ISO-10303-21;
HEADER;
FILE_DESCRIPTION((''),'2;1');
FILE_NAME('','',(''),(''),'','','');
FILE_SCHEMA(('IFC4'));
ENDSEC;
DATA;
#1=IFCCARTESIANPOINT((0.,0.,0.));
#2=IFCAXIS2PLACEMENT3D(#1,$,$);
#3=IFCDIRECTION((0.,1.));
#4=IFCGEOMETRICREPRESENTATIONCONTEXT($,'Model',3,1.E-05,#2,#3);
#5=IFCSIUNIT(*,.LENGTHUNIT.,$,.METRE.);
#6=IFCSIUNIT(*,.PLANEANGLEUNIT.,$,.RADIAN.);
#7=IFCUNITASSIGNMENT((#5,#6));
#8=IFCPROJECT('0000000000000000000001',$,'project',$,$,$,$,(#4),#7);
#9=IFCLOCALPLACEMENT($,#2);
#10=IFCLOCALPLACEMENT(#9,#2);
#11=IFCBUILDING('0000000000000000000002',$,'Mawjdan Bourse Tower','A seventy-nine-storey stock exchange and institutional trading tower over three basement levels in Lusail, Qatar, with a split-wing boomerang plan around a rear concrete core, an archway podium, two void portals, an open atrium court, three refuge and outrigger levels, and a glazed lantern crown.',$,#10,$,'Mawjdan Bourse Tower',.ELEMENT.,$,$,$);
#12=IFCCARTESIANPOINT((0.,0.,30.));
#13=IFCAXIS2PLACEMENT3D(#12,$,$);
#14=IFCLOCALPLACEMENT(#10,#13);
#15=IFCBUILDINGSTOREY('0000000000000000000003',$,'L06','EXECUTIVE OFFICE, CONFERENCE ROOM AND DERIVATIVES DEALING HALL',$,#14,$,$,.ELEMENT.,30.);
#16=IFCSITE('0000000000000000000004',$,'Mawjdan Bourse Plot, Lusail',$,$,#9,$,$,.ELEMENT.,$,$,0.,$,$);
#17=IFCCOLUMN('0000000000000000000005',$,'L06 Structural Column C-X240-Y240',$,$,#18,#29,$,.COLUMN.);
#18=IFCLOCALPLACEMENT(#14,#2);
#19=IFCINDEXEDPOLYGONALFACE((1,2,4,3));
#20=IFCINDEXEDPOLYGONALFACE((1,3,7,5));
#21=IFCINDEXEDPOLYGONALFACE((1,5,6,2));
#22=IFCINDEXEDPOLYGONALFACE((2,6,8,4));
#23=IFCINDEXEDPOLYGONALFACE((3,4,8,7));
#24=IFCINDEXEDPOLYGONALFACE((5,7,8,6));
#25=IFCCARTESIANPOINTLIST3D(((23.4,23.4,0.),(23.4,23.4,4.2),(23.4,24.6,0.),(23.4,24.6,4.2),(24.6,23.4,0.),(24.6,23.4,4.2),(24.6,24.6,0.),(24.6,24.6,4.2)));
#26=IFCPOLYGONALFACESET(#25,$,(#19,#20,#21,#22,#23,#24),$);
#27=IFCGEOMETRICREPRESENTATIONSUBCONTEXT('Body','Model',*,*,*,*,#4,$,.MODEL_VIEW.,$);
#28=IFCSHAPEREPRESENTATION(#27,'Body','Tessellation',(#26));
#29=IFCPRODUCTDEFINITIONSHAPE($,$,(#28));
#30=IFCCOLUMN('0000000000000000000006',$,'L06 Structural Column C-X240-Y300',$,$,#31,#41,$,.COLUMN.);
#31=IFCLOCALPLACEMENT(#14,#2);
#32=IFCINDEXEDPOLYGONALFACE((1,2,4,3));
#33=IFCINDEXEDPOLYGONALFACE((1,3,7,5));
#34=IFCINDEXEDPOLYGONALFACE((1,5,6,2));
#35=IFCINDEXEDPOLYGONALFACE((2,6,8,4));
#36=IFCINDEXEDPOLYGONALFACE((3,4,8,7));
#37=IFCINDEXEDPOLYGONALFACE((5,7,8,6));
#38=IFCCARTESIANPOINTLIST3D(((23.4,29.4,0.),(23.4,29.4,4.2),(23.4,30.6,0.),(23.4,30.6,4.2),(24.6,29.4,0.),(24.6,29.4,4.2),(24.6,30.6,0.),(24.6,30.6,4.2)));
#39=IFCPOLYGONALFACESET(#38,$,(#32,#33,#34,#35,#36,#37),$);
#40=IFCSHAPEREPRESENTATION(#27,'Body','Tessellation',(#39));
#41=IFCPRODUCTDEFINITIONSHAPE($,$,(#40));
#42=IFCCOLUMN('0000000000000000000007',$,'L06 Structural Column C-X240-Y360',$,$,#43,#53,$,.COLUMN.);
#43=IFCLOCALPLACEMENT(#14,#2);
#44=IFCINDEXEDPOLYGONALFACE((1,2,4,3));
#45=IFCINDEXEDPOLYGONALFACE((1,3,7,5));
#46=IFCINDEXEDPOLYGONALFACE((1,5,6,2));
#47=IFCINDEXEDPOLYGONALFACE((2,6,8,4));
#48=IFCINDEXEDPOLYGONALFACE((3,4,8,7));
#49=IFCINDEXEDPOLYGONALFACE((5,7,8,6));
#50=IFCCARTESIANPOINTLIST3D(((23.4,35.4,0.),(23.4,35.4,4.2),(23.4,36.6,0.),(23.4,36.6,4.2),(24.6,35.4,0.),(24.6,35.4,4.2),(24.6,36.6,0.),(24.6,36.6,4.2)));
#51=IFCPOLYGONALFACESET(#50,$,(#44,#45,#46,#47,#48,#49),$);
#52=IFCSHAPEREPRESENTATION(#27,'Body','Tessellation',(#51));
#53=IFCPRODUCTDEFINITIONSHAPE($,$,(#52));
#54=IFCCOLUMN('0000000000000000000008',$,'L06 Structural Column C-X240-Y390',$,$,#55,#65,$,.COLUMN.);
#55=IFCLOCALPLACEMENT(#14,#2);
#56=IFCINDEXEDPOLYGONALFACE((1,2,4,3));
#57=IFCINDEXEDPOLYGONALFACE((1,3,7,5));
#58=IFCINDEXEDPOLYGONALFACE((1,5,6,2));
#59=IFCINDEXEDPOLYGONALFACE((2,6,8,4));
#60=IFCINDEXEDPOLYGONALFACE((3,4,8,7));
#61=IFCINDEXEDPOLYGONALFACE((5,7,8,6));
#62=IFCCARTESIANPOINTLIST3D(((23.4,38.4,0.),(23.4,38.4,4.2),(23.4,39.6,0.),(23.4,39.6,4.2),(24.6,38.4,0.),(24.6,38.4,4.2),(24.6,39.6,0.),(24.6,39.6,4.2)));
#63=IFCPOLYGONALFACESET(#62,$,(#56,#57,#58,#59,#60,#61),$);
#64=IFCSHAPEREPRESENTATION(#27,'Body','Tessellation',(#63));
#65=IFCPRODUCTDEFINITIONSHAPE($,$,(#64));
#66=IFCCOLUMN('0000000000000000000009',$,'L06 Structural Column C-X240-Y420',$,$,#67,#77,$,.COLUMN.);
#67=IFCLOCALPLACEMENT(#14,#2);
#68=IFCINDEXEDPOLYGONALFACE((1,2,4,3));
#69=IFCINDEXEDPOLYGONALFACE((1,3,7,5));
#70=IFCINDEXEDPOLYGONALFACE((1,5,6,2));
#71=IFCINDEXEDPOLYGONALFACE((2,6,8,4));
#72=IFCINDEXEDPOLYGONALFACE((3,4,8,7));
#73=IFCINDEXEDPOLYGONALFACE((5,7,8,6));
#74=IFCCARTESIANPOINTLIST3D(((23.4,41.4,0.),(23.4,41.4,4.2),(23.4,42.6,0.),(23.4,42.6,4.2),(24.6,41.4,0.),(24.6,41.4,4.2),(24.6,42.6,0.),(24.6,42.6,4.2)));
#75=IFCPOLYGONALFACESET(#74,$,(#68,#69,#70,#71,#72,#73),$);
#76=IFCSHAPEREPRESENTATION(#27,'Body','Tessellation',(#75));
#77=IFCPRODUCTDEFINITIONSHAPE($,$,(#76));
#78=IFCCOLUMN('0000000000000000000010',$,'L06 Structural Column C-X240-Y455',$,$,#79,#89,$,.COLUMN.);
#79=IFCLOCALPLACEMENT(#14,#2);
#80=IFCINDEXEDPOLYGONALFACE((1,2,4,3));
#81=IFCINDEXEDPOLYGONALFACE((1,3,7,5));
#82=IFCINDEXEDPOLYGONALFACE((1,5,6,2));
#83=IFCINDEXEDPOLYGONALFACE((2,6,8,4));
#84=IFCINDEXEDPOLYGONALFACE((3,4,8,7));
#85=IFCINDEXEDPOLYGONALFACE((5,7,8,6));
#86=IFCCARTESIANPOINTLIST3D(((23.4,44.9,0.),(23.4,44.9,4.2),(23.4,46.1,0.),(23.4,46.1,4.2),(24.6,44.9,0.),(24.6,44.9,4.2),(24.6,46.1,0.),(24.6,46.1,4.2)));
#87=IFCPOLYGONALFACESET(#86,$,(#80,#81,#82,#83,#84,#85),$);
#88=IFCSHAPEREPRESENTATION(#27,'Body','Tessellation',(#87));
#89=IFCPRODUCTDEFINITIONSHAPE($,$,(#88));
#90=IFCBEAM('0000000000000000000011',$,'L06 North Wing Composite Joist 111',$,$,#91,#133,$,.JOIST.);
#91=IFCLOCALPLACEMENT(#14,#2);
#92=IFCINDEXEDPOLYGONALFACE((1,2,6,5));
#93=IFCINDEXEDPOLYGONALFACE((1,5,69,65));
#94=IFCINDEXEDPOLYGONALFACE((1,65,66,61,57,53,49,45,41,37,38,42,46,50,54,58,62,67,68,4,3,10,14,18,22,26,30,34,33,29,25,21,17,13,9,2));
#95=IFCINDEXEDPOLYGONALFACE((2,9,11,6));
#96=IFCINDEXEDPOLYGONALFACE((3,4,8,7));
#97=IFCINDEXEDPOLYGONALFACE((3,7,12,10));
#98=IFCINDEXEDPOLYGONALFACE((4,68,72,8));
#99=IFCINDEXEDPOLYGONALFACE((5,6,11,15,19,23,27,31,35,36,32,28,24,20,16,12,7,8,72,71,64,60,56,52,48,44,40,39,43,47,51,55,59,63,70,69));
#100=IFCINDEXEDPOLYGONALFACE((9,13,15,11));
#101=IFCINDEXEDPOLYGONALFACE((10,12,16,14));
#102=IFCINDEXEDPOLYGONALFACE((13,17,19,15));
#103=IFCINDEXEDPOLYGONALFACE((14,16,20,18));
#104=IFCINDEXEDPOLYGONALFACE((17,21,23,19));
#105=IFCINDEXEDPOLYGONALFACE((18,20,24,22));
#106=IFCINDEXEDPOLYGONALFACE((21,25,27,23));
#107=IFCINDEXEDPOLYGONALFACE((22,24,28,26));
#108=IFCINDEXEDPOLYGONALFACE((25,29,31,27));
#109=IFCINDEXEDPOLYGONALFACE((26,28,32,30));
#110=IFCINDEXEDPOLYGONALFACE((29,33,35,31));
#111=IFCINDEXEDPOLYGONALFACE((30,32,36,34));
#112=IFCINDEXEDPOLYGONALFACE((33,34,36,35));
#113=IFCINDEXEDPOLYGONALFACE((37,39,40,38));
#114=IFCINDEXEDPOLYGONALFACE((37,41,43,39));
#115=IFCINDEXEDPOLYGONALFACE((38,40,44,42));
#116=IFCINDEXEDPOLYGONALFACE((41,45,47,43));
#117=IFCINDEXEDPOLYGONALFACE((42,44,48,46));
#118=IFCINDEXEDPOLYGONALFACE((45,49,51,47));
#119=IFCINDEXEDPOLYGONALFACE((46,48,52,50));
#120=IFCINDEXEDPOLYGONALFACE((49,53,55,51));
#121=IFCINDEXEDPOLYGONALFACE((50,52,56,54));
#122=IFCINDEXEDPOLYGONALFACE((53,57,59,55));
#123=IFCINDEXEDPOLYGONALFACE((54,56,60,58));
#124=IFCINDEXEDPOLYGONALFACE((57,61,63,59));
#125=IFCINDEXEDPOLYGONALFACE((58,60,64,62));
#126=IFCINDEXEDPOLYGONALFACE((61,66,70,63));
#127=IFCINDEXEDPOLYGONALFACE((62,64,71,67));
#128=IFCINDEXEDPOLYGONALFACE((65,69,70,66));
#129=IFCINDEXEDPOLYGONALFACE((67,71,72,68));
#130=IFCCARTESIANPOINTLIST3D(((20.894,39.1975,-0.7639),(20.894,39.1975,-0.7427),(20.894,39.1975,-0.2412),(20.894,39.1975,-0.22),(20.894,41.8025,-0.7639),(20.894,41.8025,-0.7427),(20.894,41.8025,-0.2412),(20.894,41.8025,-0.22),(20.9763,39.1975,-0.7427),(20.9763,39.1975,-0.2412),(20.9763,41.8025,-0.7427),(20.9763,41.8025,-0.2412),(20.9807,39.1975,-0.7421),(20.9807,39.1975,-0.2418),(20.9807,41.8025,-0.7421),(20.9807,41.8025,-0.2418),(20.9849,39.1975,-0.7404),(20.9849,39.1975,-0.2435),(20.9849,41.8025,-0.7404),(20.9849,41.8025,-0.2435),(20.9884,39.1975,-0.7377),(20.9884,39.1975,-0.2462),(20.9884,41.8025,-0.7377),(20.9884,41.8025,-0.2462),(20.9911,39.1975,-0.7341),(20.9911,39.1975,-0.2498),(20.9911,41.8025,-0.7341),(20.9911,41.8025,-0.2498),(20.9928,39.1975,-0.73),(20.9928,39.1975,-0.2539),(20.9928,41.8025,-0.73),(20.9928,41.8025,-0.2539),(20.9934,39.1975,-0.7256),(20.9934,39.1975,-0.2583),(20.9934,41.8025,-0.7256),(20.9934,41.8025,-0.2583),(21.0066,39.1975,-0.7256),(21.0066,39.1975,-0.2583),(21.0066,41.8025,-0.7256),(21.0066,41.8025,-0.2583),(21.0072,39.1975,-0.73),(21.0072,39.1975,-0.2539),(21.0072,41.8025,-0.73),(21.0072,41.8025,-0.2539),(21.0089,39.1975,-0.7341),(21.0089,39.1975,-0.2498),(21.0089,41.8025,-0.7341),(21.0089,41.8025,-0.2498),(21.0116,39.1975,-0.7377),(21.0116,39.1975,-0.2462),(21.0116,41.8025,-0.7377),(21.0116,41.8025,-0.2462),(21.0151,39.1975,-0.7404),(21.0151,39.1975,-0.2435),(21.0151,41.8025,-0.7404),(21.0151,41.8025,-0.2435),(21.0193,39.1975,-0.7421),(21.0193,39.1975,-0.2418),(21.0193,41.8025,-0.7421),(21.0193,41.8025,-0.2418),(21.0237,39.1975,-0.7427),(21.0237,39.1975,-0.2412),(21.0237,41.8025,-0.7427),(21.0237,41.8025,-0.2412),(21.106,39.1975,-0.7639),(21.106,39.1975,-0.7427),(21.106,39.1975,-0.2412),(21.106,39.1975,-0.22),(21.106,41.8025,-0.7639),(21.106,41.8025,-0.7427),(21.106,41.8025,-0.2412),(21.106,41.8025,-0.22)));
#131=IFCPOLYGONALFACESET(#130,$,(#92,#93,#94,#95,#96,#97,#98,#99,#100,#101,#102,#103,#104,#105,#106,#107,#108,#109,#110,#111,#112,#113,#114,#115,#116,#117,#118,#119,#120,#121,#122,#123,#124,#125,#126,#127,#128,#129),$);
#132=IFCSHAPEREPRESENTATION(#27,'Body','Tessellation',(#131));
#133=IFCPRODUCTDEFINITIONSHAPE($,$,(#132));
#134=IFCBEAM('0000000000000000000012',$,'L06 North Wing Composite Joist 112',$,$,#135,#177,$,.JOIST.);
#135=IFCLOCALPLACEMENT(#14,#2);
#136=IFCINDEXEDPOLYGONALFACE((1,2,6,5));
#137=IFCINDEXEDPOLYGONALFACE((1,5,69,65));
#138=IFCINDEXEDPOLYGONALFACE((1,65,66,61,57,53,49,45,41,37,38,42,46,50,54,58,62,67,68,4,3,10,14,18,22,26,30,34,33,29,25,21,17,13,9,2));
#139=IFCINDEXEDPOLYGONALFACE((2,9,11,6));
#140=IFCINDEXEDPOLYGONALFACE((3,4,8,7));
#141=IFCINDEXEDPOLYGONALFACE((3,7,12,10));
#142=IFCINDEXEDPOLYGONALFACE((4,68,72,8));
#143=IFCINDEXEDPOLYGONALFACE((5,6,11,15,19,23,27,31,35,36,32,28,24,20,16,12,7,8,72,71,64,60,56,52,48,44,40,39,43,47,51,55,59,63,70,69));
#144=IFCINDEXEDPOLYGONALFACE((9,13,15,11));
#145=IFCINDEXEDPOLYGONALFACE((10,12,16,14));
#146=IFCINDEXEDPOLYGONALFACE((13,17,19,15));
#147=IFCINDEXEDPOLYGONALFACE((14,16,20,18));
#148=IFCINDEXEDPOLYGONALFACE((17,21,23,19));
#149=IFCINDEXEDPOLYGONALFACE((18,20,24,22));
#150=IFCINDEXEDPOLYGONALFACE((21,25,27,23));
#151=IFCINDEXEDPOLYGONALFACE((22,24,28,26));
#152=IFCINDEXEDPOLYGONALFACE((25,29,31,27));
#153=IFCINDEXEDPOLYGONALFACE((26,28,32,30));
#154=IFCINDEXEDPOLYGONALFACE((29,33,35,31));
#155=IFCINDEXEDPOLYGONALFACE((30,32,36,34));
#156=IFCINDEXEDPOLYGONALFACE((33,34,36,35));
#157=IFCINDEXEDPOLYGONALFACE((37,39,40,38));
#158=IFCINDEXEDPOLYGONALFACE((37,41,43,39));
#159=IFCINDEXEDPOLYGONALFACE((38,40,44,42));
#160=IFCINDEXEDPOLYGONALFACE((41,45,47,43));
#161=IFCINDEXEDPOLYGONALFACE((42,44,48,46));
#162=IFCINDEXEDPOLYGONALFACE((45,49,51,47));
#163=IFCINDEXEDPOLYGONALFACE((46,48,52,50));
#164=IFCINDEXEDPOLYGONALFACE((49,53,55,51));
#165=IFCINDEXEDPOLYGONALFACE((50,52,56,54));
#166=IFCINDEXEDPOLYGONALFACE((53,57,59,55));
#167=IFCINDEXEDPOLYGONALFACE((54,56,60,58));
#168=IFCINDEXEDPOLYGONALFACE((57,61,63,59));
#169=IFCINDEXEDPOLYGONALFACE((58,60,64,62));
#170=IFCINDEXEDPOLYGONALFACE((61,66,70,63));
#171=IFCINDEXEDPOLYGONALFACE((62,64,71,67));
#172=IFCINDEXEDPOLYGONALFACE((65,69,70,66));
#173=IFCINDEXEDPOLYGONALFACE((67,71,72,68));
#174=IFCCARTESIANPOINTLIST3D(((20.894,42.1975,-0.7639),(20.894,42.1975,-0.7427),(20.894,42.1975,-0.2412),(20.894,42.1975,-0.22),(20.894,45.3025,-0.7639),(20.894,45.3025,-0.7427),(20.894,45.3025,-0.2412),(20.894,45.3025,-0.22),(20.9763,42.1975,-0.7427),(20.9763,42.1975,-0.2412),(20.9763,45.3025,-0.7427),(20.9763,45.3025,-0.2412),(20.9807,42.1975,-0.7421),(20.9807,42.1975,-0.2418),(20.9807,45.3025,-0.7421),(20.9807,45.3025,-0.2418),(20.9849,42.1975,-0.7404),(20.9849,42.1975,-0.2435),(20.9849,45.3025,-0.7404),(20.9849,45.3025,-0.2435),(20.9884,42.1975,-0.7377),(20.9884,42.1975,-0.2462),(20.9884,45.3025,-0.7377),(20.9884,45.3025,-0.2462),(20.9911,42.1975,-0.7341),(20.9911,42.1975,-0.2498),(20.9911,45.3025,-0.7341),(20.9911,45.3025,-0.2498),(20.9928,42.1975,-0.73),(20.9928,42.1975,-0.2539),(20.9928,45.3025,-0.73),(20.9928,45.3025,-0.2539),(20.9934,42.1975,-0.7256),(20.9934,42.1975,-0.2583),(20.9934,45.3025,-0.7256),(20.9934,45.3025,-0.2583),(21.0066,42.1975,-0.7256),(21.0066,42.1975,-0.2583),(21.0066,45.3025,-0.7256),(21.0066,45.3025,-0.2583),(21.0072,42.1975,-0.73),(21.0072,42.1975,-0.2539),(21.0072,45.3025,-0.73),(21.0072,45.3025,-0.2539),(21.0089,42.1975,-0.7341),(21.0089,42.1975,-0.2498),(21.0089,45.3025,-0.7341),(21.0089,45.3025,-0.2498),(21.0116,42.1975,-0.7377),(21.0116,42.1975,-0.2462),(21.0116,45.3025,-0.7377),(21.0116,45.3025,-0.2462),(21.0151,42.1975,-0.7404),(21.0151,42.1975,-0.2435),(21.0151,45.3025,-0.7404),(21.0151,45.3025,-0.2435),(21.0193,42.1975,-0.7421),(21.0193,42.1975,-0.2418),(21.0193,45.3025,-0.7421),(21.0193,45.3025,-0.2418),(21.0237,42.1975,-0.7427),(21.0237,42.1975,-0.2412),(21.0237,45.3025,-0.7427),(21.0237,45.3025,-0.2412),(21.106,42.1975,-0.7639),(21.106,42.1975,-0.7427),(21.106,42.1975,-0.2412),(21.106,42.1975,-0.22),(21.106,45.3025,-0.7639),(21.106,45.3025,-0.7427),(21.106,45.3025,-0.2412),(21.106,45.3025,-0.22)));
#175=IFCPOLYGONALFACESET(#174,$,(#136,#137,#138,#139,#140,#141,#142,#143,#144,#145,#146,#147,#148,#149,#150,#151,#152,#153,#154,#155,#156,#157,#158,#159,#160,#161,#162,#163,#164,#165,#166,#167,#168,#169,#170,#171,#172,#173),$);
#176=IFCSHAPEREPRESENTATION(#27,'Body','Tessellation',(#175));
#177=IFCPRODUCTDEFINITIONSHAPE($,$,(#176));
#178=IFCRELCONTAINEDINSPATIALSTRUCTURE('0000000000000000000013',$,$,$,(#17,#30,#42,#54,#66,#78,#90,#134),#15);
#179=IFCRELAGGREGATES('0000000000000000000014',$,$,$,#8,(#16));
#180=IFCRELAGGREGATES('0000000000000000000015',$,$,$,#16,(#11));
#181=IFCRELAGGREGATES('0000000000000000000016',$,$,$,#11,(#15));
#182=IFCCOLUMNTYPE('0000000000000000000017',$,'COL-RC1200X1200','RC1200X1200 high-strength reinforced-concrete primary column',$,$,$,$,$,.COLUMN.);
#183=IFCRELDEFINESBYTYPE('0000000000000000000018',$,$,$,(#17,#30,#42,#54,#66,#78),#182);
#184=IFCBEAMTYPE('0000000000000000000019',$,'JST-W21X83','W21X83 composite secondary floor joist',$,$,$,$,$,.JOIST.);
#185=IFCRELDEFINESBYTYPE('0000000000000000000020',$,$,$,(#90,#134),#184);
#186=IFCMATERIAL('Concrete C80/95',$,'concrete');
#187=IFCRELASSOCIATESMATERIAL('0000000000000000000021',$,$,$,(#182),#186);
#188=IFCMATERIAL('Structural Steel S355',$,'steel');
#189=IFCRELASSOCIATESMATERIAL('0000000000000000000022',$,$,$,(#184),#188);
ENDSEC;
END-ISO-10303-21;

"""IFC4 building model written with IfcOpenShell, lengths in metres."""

from ifc_helpers import new_model, si_unit, direction, frame, origin, origin_2d, place, context, subcontext, project, spatial, rectangle, i_section, extrude, material, material_profile, profile_set, type_object, element, save


model = new_model("IFC4")

# Units and contexts
model_context = context("Model", 3, precision=1e-05, world=origin(), true_north=direction((0.0, 1.0)))
body_context = subcontext(model_context, "Body", "Model", "MODEL_VIEW")
ifc_project = project(units=[si_unit("LENGTHUNIT", "METRE"), si_unit("PLANEANGLEUNIT", "RADIAN")], contexts=[model_context])

# Site, building, storey
site_placement = place(None, origin())
site = spatial("IfcSite", under=ifc_project, at=site_placement, Name="Mawjdan Bourse Plot, Lusail", CompositionType="ELEMENT", RefElevation=0.0)
building_placement = place(site_placement, origin())
building = spatial("IfcBuilding", under=site, at=building_placement, Name="Mawjdan Bourse Tower", Description="A seventy-nine-storey stock exchange and institutional trading tower over three basement levels in Lusail, Qatar, with a split-wing boomerang plan around a rear concrete core, an archway podium, two void portals, an open atrium court, three refuge and outrigger levels, and a glazed lantern crown.", LongName="Mawjdan Bourse Tower", CompositionType="ELEMENT")
storey_placement = place(building_placement, frame((0.0, 0.0, 30.0)))
storey = spatial("IfcBuildingStorey", under=building, at=storey_placement, Name="L06", Description="EXECUTIVE OFFICE, CONFERENCE ROOM AND DERIVATIVES DEALING HALL", CompositionType="ELEMENT", Elevation=30.0)

# Columns
ifc_material_1 = material(Name="Concrete C80/95", Category="concrete")
ifc_material_profile_1 = material_profile(ifc_material_1, rectangle(XDim=1.2, YDim=1.2, at=origin_2d()), Name="RC1200X1200")
ifc_profile_set_1 = profile_set([ifc_material_profile_1], Name="Concrete C80/95")
column_type = type_object("IfcColumnType", Name="COL-RC1200X1200", Description="RC1200X1200 high-strength reinforced-concrete primary column", PredefinedType="COLUMN", material=ifc_profile_set_1)
for number, where, z_axis, x_axis, name in (
    (1, (24.0, 24.0, 0.0), (0.0, 0.0, 1.0), (1.0, 0.0, 0.0), "L06 Structural Column C-X240-Y240"),
    (2, (24.0, 30.0, 0.0), (0.0, 0.0, 1.0), (1.0, 0.0, 0.0), "L06 Structural Column C-X240-Y300"),
    (3, (24.0, 36.0, 0.0), (0.0, 0.0, 1.0), (1.0, 0.0, 0.0), "L06 Structural Column C-X240-Y360"),
    (4, (24.0, 39.0, 0.0), (0.0, 0.0, 1.0), (1.0, 0.0, 0.0), "L06 Structural Column C-X240-Y390"),
    (5, (24.0, 42.0, 0.0), (0.0, 0.0, 1.0), (1.0, 0.0, 0.0), "L06 Structural Column C-X240-Y420"),
    (6, (24.0, 45.5, 0.0), (0.0, 0.0, 1.0), (1.0, 0.0, 0.0), "L06 Structural Column C-X240-Y455"),
):
    element("IfcColumn", number, at=place(storey_placement, frame(where, z_axis=z_axis, x_axis=x_axis)), inside=storey, type_object=column_type, Name=name, PredefinedType="COLUMN", context=body_context, shape_type="SweptSolid", body=[
        extrude(rectangle(XDim=1.2, YDim=1.2, at=origin_2d()), origin(), (0.0, 0.0, 1.0), 4.2),
    ])

# Beams
ifc_material_2 = material(Name="Structural Steel S355", Category="steel")
ifc_material_profile_2 = material_profile(ifc_material_2, i_section(OverallWidth=0.2119, OverallDepth=0.5439, WebThickness=0.0132, FlangeThickness=0.0212, FilletRadius=0.0171, at=origin_2d()), Name="W21X83")
ifc_profile_set_2 = profile_set([ifc_material_profile_2], Name="Structural Steel S355")
beam_type_1 = type_object("IfcBeamType", Name="JST-W21X83", Description="W21X83 composite secondary floor joist", PredefinedType="JOIST", material=ifc_profile_set_2)
beam_1_placement = place(storey_placement, frame((21.0, 39.1975, -0.4919), z_axis=(0.0, 1.0, 0.0), x_axis=(-1.0, 0.0, 0.0)))
element("IfcBeam", 7, at=beam_1_placement, inside=storey, type_object=beam_type_1, Name="L06 North Wing Composite Joist 111", PredefinedType="JOIST", context=body_context, shape_type="SweptSolid", body=[
    extrude(i_section(OverallWidth=0.2119, OverallDepth=0.5439, WebThickness=0.0132, FlangeThickness=0.0212, FilletRadius=0.0171, at=origin_2d()), origin(), (0.0, 0.0, 1.0), 2.605),
])
beam_2_placement = place(storey_placement, frame((21.0, 42.1975, -0.4919), z_axis=(0.0, 1.0, 0.0), x_axis=(-1.0, 0.0, 0.0)))
element("IfcBeam", 8, at=beam_2_placement, inside=storey, type_object=beam_type_1, Name="L06 North Wing Composite Joist 112", PredefinedType="JOIST", context=body_context, shape_type="SweptSolid", body=[
    extrude(i_section(OverallWidth=0.2119, OverallDepth=0.5439, WebThickness=0.0132, FlangeThickness=0.0212, FilletRadius=0.0171, at=origin_2d()), origin(), (0.0, 0.0, 1.0), 3.105),
])

save(model, "model.ifc")
